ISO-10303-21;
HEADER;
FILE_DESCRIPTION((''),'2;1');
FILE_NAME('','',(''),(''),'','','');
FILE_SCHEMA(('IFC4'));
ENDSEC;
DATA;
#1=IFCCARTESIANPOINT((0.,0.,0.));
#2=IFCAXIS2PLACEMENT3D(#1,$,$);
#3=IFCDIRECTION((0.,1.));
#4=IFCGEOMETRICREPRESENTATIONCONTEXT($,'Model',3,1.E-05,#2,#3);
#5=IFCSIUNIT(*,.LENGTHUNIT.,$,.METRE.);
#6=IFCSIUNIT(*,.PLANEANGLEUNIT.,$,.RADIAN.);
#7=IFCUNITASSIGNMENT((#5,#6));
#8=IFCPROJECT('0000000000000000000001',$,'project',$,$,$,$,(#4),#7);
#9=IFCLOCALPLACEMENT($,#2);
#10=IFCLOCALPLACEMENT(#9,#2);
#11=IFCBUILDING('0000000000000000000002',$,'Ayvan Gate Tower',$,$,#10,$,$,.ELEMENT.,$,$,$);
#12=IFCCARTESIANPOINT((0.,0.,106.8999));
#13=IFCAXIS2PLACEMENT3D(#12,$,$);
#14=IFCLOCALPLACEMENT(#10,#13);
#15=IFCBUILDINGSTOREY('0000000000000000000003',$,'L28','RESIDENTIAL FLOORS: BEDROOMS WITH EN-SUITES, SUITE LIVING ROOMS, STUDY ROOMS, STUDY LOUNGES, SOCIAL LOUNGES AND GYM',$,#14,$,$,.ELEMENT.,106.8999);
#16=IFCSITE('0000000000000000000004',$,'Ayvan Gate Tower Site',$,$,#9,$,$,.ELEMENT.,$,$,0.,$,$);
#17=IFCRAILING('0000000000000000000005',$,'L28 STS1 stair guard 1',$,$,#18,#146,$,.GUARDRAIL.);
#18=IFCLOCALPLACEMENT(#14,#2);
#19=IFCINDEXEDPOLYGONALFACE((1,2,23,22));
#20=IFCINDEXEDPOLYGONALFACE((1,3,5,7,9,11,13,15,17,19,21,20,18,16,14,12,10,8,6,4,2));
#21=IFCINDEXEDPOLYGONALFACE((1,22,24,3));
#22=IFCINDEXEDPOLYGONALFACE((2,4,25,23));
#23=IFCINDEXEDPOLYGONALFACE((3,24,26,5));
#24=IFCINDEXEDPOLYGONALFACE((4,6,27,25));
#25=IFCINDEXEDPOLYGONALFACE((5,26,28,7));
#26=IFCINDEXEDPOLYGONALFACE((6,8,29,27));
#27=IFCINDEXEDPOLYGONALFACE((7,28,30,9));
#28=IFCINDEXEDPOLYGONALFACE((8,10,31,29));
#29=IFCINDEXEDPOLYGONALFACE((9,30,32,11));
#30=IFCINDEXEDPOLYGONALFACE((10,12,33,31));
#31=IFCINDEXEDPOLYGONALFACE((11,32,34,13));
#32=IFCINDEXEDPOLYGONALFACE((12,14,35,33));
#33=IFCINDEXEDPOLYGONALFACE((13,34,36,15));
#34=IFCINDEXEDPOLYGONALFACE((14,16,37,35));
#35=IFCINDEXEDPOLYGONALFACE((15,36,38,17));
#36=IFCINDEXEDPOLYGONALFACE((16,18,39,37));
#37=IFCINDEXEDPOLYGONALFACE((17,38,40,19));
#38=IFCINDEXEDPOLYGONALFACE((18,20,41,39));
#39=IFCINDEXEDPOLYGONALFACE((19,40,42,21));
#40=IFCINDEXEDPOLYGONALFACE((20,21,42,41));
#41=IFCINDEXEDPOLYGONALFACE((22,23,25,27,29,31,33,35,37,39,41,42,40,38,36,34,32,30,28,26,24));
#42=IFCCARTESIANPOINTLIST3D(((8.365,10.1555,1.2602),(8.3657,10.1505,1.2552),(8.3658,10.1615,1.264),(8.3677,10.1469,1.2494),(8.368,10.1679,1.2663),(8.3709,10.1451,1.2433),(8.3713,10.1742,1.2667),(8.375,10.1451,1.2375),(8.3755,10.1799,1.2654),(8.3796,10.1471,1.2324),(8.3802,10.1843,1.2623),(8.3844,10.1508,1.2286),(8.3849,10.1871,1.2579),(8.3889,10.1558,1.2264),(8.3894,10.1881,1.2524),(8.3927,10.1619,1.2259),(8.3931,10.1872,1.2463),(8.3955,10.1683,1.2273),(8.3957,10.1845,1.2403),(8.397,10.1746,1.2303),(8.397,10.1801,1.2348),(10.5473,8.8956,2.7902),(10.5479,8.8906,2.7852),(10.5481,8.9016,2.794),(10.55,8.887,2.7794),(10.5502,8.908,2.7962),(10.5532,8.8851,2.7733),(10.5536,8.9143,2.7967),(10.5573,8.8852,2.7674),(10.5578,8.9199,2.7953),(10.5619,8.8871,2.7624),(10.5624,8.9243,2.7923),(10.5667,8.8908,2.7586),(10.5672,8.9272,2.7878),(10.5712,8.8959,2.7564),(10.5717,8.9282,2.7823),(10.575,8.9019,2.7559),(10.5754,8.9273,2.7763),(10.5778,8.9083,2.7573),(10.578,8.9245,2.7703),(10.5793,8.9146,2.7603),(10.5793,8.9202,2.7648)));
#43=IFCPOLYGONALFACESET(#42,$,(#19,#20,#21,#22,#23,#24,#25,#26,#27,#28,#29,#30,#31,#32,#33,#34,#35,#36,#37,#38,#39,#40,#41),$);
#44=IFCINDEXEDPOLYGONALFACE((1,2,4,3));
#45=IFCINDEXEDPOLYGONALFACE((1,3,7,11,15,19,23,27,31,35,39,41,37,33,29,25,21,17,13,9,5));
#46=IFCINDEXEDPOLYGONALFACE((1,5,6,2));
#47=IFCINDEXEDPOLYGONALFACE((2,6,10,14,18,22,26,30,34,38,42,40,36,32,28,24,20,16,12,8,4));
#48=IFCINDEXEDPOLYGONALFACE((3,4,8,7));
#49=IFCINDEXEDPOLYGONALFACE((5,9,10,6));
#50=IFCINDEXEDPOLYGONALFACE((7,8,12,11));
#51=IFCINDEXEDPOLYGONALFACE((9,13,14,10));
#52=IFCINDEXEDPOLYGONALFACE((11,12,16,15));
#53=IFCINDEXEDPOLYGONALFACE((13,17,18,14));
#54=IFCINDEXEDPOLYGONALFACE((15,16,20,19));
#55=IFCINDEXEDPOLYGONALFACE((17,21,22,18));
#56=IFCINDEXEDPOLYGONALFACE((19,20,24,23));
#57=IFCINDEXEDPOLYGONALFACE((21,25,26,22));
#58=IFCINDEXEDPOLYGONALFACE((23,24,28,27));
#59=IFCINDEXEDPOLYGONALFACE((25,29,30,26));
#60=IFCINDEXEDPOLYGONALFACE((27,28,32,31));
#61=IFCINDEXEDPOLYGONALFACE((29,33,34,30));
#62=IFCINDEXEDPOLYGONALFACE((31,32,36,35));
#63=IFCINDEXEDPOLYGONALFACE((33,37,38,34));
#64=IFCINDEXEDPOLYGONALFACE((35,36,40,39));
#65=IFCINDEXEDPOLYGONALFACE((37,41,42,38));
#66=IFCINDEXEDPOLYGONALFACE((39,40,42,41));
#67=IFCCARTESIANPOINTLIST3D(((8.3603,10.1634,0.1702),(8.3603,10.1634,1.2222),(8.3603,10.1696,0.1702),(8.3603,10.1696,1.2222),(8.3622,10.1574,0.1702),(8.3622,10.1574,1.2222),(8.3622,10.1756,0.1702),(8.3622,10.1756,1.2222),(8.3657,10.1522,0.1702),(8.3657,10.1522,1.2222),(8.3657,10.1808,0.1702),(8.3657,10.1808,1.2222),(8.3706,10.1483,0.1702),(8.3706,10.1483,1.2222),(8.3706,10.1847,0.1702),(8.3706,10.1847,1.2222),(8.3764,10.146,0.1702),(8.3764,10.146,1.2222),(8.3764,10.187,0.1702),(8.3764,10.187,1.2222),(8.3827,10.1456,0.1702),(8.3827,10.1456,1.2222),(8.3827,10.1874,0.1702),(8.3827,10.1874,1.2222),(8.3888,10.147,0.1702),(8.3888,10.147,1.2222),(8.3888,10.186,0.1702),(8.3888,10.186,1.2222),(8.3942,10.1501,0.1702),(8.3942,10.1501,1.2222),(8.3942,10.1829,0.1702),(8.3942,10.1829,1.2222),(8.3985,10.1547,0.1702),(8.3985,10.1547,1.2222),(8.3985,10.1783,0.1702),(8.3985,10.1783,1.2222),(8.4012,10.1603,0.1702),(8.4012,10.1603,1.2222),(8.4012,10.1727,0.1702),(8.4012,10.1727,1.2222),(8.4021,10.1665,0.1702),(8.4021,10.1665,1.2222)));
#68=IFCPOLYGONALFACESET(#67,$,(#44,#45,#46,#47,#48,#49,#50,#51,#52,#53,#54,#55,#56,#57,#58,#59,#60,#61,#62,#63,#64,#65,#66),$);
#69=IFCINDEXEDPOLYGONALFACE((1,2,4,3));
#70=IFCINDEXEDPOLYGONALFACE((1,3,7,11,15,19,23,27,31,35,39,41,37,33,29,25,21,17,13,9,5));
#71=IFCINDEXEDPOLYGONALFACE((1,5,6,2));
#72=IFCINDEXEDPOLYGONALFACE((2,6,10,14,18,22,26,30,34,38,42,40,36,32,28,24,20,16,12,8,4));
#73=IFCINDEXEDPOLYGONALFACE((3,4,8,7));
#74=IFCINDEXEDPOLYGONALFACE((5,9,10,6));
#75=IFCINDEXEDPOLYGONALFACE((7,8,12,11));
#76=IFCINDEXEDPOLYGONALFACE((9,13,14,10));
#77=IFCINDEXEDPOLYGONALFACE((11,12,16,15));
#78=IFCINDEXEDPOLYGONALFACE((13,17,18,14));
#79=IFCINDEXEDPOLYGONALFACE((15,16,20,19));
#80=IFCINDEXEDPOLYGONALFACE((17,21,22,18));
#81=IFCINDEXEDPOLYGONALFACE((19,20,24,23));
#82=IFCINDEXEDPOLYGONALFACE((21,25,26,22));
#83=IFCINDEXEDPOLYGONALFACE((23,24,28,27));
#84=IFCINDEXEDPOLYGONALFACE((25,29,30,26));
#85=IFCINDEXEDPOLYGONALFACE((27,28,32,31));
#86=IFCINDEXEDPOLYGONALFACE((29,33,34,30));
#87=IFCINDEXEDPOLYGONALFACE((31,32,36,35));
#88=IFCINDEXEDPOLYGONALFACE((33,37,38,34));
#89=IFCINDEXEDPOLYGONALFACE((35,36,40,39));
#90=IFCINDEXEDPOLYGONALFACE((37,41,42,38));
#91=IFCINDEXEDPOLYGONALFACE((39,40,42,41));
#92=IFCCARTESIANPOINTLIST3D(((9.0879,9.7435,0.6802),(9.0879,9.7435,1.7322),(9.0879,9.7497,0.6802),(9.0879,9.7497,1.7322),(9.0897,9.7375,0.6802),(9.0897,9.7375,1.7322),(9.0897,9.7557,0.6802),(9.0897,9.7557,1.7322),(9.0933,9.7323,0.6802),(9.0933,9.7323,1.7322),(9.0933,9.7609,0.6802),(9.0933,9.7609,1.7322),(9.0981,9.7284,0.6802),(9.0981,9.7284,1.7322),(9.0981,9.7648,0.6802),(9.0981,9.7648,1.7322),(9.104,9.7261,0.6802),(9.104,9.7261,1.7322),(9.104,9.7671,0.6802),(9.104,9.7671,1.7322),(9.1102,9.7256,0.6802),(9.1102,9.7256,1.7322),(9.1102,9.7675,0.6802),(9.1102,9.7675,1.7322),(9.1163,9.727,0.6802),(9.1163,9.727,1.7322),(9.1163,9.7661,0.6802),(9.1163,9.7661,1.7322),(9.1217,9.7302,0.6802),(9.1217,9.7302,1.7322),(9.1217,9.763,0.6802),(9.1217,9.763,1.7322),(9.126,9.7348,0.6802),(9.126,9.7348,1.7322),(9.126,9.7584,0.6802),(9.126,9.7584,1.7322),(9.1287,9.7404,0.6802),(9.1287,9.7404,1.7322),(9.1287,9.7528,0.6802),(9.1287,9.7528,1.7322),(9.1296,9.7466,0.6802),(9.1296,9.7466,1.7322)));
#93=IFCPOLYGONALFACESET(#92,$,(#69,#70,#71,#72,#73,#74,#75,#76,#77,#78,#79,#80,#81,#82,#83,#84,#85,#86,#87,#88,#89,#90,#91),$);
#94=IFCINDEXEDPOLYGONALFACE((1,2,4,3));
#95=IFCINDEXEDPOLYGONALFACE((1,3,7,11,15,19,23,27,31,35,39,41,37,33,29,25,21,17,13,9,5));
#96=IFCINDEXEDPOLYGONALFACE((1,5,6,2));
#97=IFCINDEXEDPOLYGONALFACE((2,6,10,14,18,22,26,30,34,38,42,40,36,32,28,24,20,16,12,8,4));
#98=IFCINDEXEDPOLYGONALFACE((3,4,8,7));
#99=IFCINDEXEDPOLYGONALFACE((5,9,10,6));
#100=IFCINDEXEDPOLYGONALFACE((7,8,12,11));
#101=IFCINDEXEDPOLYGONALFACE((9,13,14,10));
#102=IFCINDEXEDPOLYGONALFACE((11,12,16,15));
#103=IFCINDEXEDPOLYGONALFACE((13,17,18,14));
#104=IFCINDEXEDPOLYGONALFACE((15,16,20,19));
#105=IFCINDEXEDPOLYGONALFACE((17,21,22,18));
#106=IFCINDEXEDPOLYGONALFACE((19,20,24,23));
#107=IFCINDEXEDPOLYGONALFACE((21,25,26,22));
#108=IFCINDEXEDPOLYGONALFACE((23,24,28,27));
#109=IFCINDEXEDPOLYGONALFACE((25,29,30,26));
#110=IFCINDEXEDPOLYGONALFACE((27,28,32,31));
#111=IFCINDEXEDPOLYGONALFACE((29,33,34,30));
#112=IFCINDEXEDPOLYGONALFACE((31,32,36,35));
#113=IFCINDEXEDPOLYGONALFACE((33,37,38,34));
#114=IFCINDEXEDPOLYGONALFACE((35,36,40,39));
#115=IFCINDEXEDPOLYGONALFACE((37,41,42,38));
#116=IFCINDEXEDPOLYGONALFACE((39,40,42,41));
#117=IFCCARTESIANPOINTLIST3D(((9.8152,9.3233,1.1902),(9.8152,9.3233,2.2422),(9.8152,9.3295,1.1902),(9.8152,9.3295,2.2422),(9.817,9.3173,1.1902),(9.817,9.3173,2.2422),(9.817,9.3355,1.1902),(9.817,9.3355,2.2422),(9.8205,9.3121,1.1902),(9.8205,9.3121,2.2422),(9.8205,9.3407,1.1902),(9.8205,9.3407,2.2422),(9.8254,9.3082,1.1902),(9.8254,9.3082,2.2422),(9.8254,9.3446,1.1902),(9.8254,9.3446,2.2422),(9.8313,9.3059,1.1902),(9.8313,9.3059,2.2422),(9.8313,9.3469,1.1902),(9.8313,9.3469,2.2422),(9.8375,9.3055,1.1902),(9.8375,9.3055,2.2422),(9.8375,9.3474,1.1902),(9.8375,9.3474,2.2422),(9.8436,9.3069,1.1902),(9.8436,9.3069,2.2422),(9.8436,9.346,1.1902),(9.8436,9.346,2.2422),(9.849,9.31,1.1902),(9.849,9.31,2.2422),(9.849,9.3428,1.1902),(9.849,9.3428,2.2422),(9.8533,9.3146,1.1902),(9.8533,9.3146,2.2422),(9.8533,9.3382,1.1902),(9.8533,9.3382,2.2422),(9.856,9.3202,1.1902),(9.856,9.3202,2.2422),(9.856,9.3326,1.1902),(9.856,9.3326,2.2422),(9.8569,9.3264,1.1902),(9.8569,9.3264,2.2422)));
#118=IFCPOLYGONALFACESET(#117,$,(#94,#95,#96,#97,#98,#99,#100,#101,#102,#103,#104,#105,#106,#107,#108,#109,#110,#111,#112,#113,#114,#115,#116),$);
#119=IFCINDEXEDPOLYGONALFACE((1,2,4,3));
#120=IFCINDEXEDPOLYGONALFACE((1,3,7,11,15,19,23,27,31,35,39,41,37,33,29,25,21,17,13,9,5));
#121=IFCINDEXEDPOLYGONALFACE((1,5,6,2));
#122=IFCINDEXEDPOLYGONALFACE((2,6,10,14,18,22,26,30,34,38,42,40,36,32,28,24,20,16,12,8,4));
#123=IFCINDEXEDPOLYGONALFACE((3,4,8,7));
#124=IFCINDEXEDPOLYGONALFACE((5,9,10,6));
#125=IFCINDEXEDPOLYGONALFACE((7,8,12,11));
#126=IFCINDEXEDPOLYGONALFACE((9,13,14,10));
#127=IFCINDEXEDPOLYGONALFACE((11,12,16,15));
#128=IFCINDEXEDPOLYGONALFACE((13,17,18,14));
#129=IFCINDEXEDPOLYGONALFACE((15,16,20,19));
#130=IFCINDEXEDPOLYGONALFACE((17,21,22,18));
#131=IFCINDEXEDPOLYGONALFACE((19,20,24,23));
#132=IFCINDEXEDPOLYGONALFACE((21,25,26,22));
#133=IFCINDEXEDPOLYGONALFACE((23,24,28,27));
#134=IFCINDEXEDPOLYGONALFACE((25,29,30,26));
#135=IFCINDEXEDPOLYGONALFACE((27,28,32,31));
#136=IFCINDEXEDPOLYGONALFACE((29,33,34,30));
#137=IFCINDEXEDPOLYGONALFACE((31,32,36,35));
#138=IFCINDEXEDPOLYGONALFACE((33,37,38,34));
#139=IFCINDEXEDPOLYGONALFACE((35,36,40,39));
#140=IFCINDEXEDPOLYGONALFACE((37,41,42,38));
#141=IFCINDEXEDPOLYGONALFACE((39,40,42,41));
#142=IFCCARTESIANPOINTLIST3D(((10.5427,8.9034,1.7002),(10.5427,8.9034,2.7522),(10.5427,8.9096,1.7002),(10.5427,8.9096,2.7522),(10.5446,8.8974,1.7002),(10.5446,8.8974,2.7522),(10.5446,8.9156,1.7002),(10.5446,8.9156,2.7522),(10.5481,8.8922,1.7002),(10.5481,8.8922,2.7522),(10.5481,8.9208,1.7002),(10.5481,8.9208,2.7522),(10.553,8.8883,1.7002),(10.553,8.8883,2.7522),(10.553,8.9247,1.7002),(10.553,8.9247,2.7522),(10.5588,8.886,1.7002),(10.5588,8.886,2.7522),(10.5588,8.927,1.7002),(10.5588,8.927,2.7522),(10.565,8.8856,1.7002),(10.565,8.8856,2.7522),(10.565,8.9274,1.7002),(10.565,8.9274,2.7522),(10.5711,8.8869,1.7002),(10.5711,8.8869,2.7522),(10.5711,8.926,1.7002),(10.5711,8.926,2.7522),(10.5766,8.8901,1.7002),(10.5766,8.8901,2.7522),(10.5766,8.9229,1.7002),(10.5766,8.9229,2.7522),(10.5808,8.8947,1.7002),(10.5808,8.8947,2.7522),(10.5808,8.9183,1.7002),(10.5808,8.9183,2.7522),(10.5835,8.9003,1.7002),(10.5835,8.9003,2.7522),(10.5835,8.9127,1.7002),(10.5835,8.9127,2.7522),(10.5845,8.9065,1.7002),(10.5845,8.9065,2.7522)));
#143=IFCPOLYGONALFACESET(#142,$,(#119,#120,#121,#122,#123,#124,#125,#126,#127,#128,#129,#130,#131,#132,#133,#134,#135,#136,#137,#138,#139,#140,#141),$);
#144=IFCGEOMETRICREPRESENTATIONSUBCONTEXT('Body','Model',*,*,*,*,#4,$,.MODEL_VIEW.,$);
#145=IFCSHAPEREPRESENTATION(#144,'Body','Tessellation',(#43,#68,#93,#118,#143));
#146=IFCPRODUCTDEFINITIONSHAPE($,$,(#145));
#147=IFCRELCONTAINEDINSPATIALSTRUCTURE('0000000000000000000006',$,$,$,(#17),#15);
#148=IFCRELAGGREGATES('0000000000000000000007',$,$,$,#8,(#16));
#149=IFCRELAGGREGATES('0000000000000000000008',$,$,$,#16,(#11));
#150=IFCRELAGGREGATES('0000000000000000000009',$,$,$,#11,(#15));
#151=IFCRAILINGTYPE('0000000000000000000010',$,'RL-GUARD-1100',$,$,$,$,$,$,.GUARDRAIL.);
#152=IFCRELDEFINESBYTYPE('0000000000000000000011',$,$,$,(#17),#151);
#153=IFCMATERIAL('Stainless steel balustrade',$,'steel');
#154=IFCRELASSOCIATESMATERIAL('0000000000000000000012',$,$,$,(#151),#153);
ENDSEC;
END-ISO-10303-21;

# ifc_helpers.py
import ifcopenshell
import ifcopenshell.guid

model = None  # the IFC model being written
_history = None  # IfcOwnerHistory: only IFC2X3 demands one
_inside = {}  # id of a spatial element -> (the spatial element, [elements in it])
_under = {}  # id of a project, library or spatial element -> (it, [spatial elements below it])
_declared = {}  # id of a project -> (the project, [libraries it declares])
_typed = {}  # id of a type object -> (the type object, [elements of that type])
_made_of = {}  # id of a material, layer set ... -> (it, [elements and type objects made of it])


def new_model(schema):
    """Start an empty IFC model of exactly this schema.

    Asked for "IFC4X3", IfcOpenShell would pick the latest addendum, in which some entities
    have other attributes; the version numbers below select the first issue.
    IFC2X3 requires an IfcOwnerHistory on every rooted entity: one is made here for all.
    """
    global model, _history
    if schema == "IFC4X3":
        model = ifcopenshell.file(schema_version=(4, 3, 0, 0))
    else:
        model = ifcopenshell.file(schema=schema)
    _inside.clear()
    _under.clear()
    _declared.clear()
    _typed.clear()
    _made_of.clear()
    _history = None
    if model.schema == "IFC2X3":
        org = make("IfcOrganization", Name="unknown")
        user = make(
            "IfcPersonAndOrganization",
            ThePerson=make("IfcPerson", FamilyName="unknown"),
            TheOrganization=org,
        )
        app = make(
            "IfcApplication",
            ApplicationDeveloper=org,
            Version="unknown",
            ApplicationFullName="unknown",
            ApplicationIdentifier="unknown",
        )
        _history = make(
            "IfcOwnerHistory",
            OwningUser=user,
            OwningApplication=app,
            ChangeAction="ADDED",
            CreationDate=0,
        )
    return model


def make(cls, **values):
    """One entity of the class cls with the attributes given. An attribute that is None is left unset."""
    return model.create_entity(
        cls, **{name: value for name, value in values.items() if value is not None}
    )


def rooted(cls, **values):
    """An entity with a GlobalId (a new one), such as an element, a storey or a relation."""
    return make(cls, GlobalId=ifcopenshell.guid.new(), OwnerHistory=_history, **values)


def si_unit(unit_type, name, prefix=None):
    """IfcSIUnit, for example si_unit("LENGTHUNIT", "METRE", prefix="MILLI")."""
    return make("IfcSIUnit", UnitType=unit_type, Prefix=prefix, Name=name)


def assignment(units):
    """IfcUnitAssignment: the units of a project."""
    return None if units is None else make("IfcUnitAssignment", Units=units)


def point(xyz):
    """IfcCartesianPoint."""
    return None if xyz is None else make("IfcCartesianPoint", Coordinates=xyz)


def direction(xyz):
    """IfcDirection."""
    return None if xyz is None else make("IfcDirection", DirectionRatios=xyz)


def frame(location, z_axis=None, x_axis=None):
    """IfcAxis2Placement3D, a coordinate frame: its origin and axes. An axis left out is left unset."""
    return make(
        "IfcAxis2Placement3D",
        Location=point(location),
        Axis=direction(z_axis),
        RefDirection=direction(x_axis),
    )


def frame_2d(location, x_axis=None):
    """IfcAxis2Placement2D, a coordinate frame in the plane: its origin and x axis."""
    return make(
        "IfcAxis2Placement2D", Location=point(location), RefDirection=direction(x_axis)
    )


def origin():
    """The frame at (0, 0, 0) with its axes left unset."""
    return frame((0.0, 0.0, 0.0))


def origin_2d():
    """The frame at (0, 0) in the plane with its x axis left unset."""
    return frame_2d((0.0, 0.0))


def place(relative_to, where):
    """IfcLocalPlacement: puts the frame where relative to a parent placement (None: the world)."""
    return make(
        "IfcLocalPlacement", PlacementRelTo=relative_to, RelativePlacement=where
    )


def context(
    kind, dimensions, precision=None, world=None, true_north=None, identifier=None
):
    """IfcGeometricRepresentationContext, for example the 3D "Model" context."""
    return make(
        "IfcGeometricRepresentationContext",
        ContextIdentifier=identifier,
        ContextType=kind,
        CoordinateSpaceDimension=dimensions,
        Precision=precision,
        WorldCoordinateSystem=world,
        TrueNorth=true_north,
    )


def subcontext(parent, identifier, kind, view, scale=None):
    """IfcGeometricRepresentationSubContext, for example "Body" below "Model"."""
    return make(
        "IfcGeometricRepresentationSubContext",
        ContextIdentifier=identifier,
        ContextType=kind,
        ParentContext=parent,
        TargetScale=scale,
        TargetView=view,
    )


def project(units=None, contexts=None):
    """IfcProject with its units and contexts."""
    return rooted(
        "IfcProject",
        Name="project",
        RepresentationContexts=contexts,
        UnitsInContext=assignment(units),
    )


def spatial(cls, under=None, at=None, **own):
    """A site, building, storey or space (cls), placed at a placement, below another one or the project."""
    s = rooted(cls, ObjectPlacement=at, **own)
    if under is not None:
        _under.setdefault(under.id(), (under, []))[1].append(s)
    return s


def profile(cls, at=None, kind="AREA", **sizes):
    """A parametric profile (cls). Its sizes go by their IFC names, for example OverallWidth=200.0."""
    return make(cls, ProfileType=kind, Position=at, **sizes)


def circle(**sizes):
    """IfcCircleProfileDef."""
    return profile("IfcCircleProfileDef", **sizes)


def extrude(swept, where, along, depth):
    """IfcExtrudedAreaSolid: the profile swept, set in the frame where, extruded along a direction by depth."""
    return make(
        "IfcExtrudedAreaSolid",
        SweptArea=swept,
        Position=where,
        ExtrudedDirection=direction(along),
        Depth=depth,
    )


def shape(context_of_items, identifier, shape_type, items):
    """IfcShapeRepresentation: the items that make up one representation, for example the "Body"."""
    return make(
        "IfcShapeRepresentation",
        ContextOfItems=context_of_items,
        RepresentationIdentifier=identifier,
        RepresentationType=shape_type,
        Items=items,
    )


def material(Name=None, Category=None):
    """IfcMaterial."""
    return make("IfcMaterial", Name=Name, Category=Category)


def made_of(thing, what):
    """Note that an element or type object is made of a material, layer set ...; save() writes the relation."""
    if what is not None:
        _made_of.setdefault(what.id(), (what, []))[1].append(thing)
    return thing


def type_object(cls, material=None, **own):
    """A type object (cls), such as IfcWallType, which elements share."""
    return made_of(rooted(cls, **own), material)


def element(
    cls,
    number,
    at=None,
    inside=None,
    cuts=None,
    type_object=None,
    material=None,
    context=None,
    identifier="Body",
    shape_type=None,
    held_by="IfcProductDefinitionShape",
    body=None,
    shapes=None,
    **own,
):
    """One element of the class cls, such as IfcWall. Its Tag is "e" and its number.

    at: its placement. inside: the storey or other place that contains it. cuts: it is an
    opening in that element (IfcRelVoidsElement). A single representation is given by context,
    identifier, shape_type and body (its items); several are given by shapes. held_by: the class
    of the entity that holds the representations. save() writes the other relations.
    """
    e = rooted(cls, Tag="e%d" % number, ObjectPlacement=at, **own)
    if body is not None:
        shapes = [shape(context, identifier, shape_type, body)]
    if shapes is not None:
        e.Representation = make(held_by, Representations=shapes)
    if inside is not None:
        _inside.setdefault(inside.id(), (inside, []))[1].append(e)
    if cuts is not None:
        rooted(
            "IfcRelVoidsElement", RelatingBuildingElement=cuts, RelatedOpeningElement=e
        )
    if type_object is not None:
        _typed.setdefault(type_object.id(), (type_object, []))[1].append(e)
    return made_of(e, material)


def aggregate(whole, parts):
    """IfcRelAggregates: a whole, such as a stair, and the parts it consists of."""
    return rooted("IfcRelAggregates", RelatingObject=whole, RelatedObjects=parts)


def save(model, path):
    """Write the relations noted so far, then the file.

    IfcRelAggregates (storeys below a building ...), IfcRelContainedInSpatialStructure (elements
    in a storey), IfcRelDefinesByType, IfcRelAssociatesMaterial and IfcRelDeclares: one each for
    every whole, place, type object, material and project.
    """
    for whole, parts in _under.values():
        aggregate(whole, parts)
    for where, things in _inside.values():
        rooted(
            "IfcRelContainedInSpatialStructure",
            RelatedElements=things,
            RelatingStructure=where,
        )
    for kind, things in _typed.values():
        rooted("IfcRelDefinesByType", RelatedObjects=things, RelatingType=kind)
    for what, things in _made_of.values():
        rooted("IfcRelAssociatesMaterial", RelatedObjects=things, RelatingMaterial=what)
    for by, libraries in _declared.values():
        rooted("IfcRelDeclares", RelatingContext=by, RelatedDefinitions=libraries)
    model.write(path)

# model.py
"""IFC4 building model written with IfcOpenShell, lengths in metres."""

from ifc_helpers import new_model, si_unit, direction, frame, origin, origin_2d, place, context, subcontext, project, spatial, circle, extrude, material, type_object, element, save


model = new_model("IFC4")

# Units and contexts
model_context = context("Model", 3, precision=1e-05, world=origin(), true_north=direction((0.0, 1.0)))
body_context = subcontext(model_context, "Body", "Model", "MODEL_VIEW")
ifc_project = project(units=[si_unit("LENGTHUNIT", "METRE"), si_unit("PLANEANGLEUNIT", "RADIAN")], contexts=[model_context])

# Site, building, storey
site_placement = place(None, origin())
site = spatial("IfcSite", under=ifc_project, at=site_placement, Name="Ayvan Gate Tower Site", CompositionType="ELEMENT", RefElevation=0.0)
building_placement = place(site_placement, origin())
building = spatial("IfcBuilding", under=site, at=building_placement, Name="Ayvan Gate Tower", CompositionType="ELEMENT")
storey_placement = place(building_placement, frame((0.0, 0.0, 106.8999)))
storey = spatial("IfcBuildingStorey", under=building, at=storey_placement, Name="L28", Description="RESIDENTIAL FLOORS: BEDROOMS WITH EN-SUITES, SUITE LIVING ROOMS, STUDY ROOMS, STUDY LOUNGES, SOCIAL LOUNGES AND GYM", CompositionType="ELEMENT", Elevation=106.8999)

# Railing
ifc_material_1 = material(Name="Stainless steel balustrade", Category="steel")
railing_type_1 = type_object("IfcRailingType", Name="RL-GUARD-1100", PredefinedType="GUARDRAIL", material=ifc_material_1)
railing_1_placement = place(storey_placement, frame((8.3811, 10.1665, 0.1702)))
element("IfcRailing", 1, at=railing_1_placement, inside=storey, type_object=railing_type_1, Name="L28 STS1 stair guard 1", PredefinedType="GUARDRAIL", context=body_context, shape_type="SweptSolid", body=[
    extrude(circle(Radius=0.0239, at=origin_2d()), frame((0.0, 0.0, 1.0762), z_axis=(0.740261, -0.427395, 0.518986), x_axis=(0.500005, 0.866023, 0.0)), (0.0, 0.0, 1.0), 2.948),
    extrude(circle(Radius=0.021, at=origin_2d()), origin(), (0.0, 0.0, 1.0), 1.052),
    extrude(circle(Radius=0.021, at=origin_2d()), frame((0.7275, -0.4199, 0.51)), (0.0, 0.0, 1.0), 1.052),
    extrude(circle(Radius=0.021, at=origin_2d()), frame((1.4548, -0.8401, 1.02)), (0.0, 0.0, 1.0), 1.052),
    extrude(circle(Radius=0.021, at=origin_2d()), frame((2.1824, -1.26, 1.53)), (0.0, 0.0, 1.0), 1.052),
])

save(model, "model.ifc")
